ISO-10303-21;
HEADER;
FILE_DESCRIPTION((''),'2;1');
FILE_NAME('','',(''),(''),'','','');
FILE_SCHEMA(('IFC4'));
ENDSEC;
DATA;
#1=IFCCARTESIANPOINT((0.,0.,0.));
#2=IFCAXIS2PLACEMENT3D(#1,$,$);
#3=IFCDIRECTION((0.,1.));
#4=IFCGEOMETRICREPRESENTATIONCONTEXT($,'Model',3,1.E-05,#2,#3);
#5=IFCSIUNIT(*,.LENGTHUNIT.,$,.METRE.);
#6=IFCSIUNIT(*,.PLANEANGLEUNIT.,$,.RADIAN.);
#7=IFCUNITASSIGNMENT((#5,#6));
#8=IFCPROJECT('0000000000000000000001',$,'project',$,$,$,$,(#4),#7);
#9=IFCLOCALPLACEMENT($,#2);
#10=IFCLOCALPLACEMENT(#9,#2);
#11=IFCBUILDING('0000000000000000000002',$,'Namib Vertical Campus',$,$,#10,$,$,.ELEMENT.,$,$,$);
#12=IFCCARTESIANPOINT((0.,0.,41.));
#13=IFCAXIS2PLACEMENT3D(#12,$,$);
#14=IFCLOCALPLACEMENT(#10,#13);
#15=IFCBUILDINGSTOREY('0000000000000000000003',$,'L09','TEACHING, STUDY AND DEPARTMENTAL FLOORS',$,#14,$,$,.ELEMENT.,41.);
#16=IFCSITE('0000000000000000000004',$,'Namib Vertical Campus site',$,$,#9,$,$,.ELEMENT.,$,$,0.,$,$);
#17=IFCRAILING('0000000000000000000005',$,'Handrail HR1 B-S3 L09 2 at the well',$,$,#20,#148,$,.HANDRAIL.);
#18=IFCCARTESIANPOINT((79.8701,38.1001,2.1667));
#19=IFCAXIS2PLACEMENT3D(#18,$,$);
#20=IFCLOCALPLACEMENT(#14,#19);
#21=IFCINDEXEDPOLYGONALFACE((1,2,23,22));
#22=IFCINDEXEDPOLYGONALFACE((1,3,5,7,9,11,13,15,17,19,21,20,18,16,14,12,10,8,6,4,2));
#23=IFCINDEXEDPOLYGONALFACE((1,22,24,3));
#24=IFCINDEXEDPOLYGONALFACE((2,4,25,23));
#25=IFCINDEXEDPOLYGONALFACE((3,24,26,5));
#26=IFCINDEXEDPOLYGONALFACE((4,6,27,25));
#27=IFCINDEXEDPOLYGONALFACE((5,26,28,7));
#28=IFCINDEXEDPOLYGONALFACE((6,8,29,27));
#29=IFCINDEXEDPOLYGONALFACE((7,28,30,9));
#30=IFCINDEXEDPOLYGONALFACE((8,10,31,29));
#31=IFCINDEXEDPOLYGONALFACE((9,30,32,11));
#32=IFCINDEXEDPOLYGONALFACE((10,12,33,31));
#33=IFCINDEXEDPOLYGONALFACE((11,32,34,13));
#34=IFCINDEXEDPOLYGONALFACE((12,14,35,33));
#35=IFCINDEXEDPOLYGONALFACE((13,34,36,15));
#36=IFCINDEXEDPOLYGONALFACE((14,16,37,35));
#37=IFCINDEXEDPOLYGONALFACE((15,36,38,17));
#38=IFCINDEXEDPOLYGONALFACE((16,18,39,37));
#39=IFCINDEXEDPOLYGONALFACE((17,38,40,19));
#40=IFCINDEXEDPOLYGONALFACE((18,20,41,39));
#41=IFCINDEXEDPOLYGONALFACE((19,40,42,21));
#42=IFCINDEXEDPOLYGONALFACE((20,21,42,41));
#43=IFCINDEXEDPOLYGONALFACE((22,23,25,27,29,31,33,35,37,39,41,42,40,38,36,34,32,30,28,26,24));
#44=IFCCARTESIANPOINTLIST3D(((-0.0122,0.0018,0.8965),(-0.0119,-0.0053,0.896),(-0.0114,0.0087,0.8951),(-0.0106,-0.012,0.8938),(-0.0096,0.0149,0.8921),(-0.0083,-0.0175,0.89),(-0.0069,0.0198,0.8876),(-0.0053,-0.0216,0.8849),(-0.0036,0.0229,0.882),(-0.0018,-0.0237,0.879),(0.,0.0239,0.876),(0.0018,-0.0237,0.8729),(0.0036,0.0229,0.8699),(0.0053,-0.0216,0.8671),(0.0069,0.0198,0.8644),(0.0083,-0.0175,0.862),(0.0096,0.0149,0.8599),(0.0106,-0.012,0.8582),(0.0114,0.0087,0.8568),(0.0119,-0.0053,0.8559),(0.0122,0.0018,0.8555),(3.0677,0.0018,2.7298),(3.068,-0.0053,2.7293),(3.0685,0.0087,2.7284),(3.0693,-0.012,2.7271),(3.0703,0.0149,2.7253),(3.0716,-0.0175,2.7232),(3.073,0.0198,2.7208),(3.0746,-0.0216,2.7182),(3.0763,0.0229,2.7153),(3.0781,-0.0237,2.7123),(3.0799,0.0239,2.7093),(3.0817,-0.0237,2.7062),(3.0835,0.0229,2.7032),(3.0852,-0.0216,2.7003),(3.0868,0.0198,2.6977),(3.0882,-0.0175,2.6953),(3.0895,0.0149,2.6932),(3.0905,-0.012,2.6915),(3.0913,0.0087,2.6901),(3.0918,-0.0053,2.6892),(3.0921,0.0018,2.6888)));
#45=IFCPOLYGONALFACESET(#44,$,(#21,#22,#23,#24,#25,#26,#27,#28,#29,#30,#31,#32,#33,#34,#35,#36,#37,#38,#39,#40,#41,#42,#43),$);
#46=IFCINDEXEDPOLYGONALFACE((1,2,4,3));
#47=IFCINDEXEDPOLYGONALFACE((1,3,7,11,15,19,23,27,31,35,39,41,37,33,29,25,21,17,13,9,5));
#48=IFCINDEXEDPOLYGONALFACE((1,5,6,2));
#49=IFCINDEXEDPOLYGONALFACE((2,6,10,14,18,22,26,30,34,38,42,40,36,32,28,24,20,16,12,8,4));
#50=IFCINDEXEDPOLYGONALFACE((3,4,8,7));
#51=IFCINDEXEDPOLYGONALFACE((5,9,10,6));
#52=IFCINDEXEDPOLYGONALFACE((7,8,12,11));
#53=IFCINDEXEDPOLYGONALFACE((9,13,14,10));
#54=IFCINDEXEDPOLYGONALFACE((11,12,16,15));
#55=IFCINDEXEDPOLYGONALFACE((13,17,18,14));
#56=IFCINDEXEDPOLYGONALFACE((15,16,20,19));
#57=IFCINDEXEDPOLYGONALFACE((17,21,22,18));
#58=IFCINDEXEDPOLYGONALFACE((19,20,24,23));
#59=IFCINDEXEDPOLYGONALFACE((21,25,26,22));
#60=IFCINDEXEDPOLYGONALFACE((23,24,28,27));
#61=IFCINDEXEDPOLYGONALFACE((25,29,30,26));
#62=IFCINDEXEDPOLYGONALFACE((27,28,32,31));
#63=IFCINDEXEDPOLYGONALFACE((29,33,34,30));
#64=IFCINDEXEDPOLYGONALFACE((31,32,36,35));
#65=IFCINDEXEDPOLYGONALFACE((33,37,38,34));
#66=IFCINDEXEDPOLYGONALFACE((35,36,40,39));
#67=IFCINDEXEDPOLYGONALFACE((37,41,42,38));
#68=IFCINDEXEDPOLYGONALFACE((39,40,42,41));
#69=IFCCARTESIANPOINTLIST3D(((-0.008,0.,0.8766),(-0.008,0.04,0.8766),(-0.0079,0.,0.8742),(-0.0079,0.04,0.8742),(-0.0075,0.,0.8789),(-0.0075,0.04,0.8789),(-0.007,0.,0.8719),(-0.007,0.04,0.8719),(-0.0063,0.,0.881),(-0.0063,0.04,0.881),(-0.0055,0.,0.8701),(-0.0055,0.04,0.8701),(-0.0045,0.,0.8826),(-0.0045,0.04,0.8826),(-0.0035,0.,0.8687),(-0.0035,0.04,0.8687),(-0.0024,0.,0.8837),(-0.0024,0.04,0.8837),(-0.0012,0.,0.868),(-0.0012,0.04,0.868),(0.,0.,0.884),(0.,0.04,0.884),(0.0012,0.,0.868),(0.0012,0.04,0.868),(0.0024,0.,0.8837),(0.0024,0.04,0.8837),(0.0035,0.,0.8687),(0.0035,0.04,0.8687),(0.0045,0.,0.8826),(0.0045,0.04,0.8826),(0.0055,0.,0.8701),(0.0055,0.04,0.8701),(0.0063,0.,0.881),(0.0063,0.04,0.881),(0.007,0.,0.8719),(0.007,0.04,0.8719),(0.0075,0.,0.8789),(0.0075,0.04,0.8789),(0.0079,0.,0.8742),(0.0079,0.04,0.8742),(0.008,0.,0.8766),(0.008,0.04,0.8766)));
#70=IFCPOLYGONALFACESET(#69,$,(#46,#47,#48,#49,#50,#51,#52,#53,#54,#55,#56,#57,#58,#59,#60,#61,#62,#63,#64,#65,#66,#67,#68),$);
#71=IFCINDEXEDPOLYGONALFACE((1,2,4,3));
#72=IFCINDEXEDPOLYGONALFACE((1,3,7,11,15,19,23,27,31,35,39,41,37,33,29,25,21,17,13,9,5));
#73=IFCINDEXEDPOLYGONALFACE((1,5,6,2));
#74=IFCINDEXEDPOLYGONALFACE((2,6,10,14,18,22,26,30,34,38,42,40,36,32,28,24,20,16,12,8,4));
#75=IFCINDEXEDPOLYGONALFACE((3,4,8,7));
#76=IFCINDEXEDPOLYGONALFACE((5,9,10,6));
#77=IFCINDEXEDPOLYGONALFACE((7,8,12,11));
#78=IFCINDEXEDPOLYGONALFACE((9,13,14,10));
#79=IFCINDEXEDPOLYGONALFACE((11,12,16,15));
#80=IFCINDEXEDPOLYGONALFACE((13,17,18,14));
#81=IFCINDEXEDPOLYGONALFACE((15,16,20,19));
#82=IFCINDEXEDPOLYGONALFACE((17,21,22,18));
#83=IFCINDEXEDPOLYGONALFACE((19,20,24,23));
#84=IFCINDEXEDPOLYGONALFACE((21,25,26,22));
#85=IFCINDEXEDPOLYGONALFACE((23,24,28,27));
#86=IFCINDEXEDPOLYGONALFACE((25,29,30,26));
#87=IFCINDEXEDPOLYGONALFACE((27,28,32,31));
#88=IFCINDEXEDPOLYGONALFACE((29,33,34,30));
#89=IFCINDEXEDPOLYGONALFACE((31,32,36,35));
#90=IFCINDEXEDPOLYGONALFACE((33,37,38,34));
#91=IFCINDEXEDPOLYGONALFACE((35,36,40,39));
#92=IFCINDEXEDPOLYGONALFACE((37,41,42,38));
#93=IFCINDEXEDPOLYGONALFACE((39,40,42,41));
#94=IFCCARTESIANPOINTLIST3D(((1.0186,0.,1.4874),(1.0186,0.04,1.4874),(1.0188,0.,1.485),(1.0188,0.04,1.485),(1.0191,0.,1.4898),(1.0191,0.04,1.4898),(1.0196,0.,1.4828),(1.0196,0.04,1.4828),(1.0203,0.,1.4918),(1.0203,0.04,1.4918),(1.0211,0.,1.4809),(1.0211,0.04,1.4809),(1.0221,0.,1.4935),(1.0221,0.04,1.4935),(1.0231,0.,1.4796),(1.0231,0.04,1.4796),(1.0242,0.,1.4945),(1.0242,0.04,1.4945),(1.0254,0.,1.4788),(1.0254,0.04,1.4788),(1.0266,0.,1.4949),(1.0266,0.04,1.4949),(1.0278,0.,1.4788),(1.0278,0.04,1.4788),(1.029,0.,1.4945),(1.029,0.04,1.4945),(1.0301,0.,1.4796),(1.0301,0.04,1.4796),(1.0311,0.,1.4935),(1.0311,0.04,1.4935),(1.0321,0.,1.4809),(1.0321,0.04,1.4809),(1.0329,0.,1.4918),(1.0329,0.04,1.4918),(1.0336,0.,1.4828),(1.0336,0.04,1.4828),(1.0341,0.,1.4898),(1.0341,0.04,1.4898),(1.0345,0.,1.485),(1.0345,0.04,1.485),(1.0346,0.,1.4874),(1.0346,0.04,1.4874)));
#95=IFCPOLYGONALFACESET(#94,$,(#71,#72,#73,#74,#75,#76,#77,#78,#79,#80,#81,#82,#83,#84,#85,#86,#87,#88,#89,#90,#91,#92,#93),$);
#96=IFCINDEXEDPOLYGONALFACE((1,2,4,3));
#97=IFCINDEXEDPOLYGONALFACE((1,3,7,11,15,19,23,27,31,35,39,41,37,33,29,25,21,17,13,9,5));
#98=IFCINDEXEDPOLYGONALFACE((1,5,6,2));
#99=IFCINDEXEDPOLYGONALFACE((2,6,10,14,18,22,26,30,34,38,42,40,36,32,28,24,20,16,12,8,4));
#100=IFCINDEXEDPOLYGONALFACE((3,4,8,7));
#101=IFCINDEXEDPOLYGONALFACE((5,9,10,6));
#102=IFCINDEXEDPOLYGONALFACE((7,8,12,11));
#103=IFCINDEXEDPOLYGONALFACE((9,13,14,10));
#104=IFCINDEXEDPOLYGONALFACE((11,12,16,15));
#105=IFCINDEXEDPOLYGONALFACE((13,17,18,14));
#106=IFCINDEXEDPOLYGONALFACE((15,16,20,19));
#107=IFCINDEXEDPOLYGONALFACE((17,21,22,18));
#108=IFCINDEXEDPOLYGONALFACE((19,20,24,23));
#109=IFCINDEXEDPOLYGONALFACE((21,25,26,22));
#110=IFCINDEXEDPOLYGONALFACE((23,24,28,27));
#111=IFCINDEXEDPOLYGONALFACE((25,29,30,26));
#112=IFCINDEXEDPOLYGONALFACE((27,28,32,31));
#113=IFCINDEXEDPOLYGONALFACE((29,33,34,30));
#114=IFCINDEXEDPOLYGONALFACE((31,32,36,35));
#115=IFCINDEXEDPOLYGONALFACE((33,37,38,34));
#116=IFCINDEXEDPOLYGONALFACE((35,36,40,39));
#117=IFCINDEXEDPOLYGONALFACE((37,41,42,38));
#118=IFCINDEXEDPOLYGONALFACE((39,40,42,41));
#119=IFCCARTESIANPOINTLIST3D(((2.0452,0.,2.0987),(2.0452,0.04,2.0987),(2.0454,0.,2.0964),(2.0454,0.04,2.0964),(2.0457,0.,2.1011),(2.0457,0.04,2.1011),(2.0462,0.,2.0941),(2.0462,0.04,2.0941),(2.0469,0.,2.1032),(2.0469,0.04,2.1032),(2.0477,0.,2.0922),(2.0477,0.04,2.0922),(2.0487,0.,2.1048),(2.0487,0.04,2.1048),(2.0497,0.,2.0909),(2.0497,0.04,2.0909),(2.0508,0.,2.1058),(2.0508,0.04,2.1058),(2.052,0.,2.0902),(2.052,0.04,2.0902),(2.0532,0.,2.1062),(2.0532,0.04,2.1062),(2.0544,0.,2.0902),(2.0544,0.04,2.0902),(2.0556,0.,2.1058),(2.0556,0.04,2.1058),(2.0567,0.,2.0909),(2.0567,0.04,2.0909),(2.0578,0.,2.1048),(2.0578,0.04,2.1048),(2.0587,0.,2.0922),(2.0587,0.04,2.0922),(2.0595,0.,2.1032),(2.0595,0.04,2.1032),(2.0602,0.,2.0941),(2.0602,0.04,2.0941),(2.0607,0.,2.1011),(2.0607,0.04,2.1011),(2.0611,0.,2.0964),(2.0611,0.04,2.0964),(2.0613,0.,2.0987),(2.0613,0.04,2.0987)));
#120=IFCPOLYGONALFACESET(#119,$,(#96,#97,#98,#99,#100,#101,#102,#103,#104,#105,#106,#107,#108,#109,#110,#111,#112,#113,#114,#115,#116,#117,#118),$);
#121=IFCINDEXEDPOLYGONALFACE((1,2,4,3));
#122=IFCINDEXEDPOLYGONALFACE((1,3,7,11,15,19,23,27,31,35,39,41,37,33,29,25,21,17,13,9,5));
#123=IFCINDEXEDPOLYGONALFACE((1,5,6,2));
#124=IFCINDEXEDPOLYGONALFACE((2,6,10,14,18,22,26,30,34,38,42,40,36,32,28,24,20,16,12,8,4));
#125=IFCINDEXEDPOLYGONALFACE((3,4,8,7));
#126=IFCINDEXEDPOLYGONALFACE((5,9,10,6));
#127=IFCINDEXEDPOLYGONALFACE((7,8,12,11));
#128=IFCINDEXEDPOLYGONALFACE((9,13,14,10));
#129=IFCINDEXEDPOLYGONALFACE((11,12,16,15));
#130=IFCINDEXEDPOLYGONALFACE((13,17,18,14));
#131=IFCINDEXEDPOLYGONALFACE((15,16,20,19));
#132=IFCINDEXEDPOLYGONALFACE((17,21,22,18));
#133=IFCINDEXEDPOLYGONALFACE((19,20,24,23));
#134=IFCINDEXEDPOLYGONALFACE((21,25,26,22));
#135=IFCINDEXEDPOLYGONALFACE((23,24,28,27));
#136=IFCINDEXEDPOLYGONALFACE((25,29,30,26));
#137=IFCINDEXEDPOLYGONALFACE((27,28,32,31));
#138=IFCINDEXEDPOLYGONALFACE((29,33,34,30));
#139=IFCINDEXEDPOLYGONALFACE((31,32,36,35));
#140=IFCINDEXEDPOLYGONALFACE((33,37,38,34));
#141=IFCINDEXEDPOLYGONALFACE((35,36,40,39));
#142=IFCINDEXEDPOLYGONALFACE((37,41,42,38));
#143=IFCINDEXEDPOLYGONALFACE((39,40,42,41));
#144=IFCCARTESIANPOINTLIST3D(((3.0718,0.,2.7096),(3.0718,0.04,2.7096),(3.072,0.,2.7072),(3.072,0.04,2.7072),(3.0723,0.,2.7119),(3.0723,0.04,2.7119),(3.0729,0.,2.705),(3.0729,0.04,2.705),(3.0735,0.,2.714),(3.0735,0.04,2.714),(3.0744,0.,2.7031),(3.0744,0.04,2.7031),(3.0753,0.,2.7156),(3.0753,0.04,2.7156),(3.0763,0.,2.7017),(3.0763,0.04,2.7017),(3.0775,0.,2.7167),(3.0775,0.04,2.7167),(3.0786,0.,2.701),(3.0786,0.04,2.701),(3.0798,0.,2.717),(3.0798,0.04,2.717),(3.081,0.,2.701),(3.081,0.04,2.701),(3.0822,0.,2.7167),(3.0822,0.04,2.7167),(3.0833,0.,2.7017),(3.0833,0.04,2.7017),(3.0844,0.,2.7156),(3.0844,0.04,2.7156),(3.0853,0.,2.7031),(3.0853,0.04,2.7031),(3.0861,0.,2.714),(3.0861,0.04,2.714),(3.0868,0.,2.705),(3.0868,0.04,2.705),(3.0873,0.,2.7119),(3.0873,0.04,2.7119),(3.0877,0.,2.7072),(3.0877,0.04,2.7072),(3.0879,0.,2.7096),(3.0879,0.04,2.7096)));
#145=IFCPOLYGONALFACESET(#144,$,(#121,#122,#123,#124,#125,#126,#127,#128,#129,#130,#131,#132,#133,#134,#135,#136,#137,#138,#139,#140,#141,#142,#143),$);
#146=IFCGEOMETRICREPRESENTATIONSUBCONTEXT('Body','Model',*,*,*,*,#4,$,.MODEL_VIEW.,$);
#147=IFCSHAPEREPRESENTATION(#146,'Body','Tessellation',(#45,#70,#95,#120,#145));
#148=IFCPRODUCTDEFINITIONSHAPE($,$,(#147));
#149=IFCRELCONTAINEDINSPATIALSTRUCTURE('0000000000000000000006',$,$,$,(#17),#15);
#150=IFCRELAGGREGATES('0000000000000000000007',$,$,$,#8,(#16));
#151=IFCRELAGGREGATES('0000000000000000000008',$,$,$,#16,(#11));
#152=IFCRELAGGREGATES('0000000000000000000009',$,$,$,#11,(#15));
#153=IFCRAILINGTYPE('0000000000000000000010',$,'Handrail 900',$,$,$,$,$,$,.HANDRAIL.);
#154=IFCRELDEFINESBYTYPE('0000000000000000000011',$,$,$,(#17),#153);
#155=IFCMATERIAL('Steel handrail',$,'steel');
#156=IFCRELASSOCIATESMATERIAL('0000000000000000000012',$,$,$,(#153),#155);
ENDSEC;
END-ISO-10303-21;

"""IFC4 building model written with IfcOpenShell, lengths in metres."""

from ifc_helpers import new_model, si_unit, direction, frame, origin, origin_2d, place, context, subcontext, project, spatial, circle, extrude, material, type_object, element, save


model = new_model("IFC4")

# Units and contexts
model_context = context("Model", 3, precision=1e-05, world=origin(), true_north=direction((0.0, 1.0)))
body_context = subcontext(model_context, "Body", "Model", "MODEL_VIEW")
ifc_project = project(units=[si_unit("LENGTHUNIT", "METRE"), si_unit("PLANEANGLEUNIT", "RADIAN")], contexts=[model_context])

# Site, building, storey
site_placement = place(None, origin())
site = spatial("IfcSite", under=ifc_project, at=site_placement, Name="Namib Vertical Campus site", CompositionType="ELEMENT", RefElevation=0.0)
building_placement = place(site_placement, origin())
building = spatial("IfcBuilding", under=site, at=building_placement, Name="Namib Vertical Campus", CompositionType="ELEMENT")
storey_placement = place(building_placement, frame((0.0, 0.0, 41.0)))
storey = spatial("IfcBuildingStorey", under=building, at=storey_placement, Name="L09", Description="TEACHING, STUDY AND DEPARTMENTAL FLOORS", CompositionType="ELEMENT", Elevation=41.0)

# Railing
ifc_material_1 = material(Name="Steel handrail", Category="steel")
railing_type_1 = type_object("IfcRailingType", Name="Handrail 900", PredefinedType="HANDRAIL", material=ifc_material_1)
railing_1_placement = place(storey_placement, frame((79.8701, 38.1001, 2.1667)))
element("IfcRailing", 1, at=railing_1_placement, inside=storey, type_object=railing_type_1, Name="Handrail HR1 B-S3 L09 2 at the well", PredefinedType="HANDRAIL", context=body_context, shape_type="SweptSolid", body=[
    extrude(circle(Radius=0.0239, at=origin_2d()), frame((0.0, 0.0, 0.876), z_axis=(0.859291, 0.0, 0.511487), x_axis=(0.0, 1.0, 0.0)), (0.0, 0.0, 1.0), 3.5842),
    extrude(circle(Radius=0.0081, at=origin_2d()), frame((0.0, 0.0, 0.876), z_axis=(0.0, 1.0, 0.0), x_axis=(0.0, 0.0, 1.0)), (0.0, 0.0, 1.0), 0.04),
    extrude(circle(Radius=0.0081, at=origin_2d()), frame((1.0266, 0.0, 1.4868), z_axis=(0.0, 1.0, 0.0), x_axis=(0.0, 0.0, 1.0)), (0.0, 0.0, 1.0), 0.04),
    extrude(circle(Radius=0.0081, at=origin_2d()), frame((2.0532, 0.0, 2.0981), z_axis=(0.0, 1.0, 0.0), x_axis=(0.0, 0.0, 1.0)), (0.0, 0.0, 1.0), 0.04),
    extrude(circle(Radius=0.0081, at=origin_2d()), frame((3.0798, 0.0, 2.709), z_axis=(0.0, 1.0, 0.0), x_axis=(0.0, 0.0, 1.0)), (0.0, 0.0, 1.0), 0.04),
])

save(model, "model.ifc")
